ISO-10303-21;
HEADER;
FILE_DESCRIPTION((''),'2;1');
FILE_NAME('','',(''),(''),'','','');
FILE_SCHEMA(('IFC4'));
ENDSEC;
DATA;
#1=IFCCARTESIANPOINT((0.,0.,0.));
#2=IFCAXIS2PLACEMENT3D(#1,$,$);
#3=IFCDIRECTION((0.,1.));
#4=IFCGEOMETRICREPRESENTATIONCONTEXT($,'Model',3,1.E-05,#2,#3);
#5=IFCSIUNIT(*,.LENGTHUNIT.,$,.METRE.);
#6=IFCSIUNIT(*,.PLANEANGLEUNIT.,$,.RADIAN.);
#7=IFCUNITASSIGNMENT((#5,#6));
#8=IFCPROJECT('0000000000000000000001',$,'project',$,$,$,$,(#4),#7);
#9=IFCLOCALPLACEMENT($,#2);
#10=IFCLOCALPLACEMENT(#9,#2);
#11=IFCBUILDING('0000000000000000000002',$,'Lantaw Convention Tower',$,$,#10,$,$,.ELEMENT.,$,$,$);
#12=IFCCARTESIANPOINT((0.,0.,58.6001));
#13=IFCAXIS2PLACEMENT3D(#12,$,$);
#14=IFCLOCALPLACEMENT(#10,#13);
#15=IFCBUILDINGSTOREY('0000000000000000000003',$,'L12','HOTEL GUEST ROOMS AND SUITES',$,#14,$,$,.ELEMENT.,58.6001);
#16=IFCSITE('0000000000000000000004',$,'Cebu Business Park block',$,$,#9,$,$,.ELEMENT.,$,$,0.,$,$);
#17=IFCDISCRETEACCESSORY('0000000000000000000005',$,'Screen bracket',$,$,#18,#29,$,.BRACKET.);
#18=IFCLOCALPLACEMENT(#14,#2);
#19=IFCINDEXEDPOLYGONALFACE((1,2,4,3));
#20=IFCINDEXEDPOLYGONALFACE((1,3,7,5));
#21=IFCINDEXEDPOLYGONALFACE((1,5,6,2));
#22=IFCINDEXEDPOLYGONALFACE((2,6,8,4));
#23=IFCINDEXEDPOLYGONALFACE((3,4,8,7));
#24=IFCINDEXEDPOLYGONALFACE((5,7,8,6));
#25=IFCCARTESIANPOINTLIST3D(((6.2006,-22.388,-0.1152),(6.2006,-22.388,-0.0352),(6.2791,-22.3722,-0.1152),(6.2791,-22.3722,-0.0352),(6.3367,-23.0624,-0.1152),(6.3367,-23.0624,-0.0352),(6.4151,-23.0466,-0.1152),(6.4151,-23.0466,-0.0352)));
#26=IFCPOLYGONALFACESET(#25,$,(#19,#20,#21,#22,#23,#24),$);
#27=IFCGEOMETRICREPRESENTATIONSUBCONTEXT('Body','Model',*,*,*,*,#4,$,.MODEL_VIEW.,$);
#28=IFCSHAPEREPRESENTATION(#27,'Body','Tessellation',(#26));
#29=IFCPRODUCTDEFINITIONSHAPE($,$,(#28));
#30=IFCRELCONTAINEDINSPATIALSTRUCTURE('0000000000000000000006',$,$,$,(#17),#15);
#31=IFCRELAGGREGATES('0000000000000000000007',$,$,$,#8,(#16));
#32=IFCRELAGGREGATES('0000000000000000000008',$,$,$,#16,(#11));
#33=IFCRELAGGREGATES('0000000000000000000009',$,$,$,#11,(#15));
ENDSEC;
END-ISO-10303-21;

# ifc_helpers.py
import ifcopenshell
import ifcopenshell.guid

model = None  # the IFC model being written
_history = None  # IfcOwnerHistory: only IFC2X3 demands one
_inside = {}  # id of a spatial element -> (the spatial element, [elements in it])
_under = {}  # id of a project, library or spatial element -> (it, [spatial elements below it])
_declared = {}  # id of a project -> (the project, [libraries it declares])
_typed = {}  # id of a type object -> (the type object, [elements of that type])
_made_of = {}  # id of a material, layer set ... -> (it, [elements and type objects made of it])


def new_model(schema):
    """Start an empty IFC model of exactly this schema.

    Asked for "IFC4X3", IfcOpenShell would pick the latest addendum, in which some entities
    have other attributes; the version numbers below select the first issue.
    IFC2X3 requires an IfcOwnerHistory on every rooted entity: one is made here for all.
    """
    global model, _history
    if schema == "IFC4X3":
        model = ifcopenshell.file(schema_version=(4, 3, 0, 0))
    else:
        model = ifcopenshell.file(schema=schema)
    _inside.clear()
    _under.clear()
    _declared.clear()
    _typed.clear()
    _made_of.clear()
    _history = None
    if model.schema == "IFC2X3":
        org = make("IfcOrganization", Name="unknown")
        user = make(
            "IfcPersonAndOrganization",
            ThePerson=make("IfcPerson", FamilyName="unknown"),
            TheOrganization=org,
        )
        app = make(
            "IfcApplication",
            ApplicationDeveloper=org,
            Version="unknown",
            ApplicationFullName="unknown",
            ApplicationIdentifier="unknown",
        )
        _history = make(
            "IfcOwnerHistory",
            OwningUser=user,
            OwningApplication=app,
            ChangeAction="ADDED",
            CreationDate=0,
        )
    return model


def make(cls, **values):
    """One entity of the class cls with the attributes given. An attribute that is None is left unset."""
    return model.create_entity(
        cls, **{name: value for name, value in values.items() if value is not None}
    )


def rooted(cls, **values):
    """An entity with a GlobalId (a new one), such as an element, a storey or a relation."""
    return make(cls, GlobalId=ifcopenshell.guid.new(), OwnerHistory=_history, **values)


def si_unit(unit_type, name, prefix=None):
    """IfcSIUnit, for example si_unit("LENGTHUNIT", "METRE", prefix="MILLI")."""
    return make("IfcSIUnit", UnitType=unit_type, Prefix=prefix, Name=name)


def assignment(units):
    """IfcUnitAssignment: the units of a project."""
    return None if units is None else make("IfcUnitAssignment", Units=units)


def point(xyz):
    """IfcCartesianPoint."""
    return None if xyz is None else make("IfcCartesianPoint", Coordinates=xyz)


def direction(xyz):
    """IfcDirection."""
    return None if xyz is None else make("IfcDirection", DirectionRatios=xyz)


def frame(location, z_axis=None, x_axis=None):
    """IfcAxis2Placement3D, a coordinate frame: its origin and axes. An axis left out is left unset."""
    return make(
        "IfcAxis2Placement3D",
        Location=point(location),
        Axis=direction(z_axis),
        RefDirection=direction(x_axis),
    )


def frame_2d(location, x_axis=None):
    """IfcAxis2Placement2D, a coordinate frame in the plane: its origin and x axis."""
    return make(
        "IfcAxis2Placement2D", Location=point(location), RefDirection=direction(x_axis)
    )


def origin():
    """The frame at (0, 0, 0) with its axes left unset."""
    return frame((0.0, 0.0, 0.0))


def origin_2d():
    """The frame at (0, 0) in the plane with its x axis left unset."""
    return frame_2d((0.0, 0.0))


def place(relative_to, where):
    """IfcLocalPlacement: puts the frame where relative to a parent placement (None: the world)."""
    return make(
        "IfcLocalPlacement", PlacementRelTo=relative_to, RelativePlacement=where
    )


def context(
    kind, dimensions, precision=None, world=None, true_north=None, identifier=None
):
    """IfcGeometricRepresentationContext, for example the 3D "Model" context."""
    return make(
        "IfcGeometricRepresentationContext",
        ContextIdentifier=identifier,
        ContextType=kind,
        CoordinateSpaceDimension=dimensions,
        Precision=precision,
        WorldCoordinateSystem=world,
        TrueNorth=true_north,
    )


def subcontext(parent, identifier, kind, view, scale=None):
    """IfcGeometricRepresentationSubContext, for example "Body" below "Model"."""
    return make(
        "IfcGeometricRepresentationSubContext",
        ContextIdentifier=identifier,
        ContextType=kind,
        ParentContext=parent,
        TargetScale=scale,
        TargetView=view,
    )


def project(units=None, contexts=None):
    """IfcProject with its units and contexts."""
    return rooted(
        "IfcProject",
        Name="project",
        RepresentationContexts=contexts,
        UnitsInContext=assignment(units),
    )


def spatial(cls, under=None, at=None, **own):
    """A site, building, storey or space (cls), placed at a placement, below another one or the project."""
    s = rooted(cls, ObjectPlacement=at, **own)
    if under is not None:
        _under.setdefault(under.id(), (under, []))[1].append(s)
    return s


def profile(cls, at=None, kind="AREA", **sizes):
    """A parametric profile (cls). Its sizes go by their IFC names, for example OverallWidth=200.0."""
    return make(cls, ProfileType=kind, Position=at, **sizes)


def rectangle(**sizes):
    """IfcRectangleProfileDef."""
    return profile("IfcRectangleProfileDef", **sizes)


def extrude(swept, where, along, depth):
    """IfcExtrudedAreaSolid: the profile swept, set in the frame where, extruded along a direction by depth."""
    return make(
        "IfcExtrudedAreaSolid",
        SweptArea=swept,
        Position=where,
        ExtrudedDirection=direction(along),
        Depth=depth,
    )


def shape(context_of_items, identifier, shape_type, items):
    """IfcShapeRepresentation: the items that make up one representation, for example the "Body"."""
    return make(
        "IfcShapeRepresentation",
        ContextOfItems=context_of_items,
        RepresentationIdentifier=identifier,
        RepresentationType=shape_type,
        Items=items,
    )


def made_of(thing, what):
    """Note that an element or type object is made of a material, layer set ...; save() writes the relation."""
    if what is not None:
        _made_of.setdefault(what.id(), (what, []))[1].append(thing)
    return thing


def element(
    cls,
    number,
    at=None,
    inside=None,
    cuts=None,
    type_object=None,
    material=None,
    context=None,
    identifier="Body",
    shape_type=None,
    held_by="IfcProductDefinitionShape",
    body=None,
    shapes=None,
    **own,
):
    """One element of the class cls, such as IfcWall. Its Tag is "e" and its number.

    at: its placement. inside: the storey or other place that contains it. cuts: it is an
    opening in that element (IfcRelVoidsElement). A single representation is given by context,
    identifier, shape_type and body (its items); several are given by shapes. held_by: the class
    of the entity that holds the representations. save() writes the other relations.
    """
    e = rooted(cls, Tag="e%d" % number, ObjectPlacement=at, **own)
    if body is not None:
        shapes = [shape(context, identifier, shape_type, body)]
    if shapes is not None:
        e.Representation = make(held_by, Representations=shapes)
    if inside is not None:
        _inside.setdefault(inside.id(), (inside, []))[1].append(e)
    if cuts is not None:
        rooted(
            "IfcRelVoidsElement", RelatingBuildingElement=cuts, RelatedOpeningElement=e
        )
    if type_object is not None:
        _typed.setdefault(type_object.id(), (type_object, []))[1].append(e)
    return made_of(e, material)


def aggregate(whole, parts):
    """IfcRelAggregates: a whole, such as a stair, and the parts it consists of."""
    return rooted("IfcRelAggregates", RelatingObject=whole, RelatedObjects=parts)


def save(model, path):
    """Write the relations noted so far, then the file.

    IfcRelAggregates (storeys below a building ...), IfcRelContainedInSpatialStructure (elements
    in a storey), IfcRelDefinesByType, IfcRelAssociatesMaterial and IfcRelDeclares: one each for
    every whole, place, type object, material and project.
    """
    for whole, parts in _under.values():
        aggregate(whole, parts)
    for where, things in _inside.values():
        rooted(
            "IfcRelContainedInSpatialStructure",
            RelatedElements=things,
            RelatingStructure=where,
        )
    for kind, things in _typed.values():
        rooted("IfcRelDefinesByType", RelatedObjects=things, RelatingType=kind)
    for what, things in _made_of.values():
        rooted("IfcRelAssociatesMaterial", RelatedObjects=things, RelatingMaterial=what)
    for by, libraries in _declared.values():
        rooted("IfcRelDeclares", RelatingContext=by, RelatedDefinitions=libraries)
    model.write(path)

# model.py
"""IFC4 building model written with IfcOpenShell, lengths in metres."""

from ifc_helpers import new_model, si_unit, direction, frame, origin, origin_2d, place, context, subcontext, project, spatial, rectangle, extrude, element, save


model = new_model("IFC4")

# Units and contexts
model_context = context("Model", 3, precision=1e-05, world=origin(), true_north=direction((0.0, 1.0)))
body_context = subcontext(model_context, "Body", "Model", "MODEL_VIEW")
ifc_project = project(units=[si_unit("LENGTHUNIT", "METRE"), si_unit("PLANEANGLEUNIT", "RADIAN")], contexts=[model_context])

# Site, building, storey
site_placement = place(None, origin())
site = spatial("IfcSite", under=ifc_project, at=site_placement, Name="Cebu Business Park block", CompositionType="ELEMENT", RefElevation=0.0)
building_placement = place(site_placement, origin())
building = spatial("IfcBuilding", under=site, at=building_placement, Name="Lantaw Convention Tower", CompositionType="ELEMENT")
storey_placement = place(building_placement, frame((0.0, 0.0, 58.6001)))
storey = spatial("IfcBuildingStorey", under=building, at=storey_placement, Name="L12", Description="HOTEL GUEST ROOMS AND SUITES", CompositionType="ELEMENT", Elevation=58.6001)

# Discrete accessory
for number, where, z_axis, x_axis, name in (
    (1, (6.3079, -22.7173, -0.1152), (0.0, 0.0, 1.0), (0.980245, 0.197789, 0.0), "Screen bracket"),
):
    element("IfcDiscreteAccessory", number, at=place(storey_placement, frame(where, z_axis=z_axis, x_axis=x_axis)), inside=storey, Name=name, PredefinedType="BRACKET", context=body_context, shape_type="SweptSolid", body=[
        extrude(rectangle(XDim=0.0801, YDim=0.688, at=origin_2d()), origin(), (0.0, 0.0, 1.0), 0.0801),
    ])

save(model, "model.ifc")
